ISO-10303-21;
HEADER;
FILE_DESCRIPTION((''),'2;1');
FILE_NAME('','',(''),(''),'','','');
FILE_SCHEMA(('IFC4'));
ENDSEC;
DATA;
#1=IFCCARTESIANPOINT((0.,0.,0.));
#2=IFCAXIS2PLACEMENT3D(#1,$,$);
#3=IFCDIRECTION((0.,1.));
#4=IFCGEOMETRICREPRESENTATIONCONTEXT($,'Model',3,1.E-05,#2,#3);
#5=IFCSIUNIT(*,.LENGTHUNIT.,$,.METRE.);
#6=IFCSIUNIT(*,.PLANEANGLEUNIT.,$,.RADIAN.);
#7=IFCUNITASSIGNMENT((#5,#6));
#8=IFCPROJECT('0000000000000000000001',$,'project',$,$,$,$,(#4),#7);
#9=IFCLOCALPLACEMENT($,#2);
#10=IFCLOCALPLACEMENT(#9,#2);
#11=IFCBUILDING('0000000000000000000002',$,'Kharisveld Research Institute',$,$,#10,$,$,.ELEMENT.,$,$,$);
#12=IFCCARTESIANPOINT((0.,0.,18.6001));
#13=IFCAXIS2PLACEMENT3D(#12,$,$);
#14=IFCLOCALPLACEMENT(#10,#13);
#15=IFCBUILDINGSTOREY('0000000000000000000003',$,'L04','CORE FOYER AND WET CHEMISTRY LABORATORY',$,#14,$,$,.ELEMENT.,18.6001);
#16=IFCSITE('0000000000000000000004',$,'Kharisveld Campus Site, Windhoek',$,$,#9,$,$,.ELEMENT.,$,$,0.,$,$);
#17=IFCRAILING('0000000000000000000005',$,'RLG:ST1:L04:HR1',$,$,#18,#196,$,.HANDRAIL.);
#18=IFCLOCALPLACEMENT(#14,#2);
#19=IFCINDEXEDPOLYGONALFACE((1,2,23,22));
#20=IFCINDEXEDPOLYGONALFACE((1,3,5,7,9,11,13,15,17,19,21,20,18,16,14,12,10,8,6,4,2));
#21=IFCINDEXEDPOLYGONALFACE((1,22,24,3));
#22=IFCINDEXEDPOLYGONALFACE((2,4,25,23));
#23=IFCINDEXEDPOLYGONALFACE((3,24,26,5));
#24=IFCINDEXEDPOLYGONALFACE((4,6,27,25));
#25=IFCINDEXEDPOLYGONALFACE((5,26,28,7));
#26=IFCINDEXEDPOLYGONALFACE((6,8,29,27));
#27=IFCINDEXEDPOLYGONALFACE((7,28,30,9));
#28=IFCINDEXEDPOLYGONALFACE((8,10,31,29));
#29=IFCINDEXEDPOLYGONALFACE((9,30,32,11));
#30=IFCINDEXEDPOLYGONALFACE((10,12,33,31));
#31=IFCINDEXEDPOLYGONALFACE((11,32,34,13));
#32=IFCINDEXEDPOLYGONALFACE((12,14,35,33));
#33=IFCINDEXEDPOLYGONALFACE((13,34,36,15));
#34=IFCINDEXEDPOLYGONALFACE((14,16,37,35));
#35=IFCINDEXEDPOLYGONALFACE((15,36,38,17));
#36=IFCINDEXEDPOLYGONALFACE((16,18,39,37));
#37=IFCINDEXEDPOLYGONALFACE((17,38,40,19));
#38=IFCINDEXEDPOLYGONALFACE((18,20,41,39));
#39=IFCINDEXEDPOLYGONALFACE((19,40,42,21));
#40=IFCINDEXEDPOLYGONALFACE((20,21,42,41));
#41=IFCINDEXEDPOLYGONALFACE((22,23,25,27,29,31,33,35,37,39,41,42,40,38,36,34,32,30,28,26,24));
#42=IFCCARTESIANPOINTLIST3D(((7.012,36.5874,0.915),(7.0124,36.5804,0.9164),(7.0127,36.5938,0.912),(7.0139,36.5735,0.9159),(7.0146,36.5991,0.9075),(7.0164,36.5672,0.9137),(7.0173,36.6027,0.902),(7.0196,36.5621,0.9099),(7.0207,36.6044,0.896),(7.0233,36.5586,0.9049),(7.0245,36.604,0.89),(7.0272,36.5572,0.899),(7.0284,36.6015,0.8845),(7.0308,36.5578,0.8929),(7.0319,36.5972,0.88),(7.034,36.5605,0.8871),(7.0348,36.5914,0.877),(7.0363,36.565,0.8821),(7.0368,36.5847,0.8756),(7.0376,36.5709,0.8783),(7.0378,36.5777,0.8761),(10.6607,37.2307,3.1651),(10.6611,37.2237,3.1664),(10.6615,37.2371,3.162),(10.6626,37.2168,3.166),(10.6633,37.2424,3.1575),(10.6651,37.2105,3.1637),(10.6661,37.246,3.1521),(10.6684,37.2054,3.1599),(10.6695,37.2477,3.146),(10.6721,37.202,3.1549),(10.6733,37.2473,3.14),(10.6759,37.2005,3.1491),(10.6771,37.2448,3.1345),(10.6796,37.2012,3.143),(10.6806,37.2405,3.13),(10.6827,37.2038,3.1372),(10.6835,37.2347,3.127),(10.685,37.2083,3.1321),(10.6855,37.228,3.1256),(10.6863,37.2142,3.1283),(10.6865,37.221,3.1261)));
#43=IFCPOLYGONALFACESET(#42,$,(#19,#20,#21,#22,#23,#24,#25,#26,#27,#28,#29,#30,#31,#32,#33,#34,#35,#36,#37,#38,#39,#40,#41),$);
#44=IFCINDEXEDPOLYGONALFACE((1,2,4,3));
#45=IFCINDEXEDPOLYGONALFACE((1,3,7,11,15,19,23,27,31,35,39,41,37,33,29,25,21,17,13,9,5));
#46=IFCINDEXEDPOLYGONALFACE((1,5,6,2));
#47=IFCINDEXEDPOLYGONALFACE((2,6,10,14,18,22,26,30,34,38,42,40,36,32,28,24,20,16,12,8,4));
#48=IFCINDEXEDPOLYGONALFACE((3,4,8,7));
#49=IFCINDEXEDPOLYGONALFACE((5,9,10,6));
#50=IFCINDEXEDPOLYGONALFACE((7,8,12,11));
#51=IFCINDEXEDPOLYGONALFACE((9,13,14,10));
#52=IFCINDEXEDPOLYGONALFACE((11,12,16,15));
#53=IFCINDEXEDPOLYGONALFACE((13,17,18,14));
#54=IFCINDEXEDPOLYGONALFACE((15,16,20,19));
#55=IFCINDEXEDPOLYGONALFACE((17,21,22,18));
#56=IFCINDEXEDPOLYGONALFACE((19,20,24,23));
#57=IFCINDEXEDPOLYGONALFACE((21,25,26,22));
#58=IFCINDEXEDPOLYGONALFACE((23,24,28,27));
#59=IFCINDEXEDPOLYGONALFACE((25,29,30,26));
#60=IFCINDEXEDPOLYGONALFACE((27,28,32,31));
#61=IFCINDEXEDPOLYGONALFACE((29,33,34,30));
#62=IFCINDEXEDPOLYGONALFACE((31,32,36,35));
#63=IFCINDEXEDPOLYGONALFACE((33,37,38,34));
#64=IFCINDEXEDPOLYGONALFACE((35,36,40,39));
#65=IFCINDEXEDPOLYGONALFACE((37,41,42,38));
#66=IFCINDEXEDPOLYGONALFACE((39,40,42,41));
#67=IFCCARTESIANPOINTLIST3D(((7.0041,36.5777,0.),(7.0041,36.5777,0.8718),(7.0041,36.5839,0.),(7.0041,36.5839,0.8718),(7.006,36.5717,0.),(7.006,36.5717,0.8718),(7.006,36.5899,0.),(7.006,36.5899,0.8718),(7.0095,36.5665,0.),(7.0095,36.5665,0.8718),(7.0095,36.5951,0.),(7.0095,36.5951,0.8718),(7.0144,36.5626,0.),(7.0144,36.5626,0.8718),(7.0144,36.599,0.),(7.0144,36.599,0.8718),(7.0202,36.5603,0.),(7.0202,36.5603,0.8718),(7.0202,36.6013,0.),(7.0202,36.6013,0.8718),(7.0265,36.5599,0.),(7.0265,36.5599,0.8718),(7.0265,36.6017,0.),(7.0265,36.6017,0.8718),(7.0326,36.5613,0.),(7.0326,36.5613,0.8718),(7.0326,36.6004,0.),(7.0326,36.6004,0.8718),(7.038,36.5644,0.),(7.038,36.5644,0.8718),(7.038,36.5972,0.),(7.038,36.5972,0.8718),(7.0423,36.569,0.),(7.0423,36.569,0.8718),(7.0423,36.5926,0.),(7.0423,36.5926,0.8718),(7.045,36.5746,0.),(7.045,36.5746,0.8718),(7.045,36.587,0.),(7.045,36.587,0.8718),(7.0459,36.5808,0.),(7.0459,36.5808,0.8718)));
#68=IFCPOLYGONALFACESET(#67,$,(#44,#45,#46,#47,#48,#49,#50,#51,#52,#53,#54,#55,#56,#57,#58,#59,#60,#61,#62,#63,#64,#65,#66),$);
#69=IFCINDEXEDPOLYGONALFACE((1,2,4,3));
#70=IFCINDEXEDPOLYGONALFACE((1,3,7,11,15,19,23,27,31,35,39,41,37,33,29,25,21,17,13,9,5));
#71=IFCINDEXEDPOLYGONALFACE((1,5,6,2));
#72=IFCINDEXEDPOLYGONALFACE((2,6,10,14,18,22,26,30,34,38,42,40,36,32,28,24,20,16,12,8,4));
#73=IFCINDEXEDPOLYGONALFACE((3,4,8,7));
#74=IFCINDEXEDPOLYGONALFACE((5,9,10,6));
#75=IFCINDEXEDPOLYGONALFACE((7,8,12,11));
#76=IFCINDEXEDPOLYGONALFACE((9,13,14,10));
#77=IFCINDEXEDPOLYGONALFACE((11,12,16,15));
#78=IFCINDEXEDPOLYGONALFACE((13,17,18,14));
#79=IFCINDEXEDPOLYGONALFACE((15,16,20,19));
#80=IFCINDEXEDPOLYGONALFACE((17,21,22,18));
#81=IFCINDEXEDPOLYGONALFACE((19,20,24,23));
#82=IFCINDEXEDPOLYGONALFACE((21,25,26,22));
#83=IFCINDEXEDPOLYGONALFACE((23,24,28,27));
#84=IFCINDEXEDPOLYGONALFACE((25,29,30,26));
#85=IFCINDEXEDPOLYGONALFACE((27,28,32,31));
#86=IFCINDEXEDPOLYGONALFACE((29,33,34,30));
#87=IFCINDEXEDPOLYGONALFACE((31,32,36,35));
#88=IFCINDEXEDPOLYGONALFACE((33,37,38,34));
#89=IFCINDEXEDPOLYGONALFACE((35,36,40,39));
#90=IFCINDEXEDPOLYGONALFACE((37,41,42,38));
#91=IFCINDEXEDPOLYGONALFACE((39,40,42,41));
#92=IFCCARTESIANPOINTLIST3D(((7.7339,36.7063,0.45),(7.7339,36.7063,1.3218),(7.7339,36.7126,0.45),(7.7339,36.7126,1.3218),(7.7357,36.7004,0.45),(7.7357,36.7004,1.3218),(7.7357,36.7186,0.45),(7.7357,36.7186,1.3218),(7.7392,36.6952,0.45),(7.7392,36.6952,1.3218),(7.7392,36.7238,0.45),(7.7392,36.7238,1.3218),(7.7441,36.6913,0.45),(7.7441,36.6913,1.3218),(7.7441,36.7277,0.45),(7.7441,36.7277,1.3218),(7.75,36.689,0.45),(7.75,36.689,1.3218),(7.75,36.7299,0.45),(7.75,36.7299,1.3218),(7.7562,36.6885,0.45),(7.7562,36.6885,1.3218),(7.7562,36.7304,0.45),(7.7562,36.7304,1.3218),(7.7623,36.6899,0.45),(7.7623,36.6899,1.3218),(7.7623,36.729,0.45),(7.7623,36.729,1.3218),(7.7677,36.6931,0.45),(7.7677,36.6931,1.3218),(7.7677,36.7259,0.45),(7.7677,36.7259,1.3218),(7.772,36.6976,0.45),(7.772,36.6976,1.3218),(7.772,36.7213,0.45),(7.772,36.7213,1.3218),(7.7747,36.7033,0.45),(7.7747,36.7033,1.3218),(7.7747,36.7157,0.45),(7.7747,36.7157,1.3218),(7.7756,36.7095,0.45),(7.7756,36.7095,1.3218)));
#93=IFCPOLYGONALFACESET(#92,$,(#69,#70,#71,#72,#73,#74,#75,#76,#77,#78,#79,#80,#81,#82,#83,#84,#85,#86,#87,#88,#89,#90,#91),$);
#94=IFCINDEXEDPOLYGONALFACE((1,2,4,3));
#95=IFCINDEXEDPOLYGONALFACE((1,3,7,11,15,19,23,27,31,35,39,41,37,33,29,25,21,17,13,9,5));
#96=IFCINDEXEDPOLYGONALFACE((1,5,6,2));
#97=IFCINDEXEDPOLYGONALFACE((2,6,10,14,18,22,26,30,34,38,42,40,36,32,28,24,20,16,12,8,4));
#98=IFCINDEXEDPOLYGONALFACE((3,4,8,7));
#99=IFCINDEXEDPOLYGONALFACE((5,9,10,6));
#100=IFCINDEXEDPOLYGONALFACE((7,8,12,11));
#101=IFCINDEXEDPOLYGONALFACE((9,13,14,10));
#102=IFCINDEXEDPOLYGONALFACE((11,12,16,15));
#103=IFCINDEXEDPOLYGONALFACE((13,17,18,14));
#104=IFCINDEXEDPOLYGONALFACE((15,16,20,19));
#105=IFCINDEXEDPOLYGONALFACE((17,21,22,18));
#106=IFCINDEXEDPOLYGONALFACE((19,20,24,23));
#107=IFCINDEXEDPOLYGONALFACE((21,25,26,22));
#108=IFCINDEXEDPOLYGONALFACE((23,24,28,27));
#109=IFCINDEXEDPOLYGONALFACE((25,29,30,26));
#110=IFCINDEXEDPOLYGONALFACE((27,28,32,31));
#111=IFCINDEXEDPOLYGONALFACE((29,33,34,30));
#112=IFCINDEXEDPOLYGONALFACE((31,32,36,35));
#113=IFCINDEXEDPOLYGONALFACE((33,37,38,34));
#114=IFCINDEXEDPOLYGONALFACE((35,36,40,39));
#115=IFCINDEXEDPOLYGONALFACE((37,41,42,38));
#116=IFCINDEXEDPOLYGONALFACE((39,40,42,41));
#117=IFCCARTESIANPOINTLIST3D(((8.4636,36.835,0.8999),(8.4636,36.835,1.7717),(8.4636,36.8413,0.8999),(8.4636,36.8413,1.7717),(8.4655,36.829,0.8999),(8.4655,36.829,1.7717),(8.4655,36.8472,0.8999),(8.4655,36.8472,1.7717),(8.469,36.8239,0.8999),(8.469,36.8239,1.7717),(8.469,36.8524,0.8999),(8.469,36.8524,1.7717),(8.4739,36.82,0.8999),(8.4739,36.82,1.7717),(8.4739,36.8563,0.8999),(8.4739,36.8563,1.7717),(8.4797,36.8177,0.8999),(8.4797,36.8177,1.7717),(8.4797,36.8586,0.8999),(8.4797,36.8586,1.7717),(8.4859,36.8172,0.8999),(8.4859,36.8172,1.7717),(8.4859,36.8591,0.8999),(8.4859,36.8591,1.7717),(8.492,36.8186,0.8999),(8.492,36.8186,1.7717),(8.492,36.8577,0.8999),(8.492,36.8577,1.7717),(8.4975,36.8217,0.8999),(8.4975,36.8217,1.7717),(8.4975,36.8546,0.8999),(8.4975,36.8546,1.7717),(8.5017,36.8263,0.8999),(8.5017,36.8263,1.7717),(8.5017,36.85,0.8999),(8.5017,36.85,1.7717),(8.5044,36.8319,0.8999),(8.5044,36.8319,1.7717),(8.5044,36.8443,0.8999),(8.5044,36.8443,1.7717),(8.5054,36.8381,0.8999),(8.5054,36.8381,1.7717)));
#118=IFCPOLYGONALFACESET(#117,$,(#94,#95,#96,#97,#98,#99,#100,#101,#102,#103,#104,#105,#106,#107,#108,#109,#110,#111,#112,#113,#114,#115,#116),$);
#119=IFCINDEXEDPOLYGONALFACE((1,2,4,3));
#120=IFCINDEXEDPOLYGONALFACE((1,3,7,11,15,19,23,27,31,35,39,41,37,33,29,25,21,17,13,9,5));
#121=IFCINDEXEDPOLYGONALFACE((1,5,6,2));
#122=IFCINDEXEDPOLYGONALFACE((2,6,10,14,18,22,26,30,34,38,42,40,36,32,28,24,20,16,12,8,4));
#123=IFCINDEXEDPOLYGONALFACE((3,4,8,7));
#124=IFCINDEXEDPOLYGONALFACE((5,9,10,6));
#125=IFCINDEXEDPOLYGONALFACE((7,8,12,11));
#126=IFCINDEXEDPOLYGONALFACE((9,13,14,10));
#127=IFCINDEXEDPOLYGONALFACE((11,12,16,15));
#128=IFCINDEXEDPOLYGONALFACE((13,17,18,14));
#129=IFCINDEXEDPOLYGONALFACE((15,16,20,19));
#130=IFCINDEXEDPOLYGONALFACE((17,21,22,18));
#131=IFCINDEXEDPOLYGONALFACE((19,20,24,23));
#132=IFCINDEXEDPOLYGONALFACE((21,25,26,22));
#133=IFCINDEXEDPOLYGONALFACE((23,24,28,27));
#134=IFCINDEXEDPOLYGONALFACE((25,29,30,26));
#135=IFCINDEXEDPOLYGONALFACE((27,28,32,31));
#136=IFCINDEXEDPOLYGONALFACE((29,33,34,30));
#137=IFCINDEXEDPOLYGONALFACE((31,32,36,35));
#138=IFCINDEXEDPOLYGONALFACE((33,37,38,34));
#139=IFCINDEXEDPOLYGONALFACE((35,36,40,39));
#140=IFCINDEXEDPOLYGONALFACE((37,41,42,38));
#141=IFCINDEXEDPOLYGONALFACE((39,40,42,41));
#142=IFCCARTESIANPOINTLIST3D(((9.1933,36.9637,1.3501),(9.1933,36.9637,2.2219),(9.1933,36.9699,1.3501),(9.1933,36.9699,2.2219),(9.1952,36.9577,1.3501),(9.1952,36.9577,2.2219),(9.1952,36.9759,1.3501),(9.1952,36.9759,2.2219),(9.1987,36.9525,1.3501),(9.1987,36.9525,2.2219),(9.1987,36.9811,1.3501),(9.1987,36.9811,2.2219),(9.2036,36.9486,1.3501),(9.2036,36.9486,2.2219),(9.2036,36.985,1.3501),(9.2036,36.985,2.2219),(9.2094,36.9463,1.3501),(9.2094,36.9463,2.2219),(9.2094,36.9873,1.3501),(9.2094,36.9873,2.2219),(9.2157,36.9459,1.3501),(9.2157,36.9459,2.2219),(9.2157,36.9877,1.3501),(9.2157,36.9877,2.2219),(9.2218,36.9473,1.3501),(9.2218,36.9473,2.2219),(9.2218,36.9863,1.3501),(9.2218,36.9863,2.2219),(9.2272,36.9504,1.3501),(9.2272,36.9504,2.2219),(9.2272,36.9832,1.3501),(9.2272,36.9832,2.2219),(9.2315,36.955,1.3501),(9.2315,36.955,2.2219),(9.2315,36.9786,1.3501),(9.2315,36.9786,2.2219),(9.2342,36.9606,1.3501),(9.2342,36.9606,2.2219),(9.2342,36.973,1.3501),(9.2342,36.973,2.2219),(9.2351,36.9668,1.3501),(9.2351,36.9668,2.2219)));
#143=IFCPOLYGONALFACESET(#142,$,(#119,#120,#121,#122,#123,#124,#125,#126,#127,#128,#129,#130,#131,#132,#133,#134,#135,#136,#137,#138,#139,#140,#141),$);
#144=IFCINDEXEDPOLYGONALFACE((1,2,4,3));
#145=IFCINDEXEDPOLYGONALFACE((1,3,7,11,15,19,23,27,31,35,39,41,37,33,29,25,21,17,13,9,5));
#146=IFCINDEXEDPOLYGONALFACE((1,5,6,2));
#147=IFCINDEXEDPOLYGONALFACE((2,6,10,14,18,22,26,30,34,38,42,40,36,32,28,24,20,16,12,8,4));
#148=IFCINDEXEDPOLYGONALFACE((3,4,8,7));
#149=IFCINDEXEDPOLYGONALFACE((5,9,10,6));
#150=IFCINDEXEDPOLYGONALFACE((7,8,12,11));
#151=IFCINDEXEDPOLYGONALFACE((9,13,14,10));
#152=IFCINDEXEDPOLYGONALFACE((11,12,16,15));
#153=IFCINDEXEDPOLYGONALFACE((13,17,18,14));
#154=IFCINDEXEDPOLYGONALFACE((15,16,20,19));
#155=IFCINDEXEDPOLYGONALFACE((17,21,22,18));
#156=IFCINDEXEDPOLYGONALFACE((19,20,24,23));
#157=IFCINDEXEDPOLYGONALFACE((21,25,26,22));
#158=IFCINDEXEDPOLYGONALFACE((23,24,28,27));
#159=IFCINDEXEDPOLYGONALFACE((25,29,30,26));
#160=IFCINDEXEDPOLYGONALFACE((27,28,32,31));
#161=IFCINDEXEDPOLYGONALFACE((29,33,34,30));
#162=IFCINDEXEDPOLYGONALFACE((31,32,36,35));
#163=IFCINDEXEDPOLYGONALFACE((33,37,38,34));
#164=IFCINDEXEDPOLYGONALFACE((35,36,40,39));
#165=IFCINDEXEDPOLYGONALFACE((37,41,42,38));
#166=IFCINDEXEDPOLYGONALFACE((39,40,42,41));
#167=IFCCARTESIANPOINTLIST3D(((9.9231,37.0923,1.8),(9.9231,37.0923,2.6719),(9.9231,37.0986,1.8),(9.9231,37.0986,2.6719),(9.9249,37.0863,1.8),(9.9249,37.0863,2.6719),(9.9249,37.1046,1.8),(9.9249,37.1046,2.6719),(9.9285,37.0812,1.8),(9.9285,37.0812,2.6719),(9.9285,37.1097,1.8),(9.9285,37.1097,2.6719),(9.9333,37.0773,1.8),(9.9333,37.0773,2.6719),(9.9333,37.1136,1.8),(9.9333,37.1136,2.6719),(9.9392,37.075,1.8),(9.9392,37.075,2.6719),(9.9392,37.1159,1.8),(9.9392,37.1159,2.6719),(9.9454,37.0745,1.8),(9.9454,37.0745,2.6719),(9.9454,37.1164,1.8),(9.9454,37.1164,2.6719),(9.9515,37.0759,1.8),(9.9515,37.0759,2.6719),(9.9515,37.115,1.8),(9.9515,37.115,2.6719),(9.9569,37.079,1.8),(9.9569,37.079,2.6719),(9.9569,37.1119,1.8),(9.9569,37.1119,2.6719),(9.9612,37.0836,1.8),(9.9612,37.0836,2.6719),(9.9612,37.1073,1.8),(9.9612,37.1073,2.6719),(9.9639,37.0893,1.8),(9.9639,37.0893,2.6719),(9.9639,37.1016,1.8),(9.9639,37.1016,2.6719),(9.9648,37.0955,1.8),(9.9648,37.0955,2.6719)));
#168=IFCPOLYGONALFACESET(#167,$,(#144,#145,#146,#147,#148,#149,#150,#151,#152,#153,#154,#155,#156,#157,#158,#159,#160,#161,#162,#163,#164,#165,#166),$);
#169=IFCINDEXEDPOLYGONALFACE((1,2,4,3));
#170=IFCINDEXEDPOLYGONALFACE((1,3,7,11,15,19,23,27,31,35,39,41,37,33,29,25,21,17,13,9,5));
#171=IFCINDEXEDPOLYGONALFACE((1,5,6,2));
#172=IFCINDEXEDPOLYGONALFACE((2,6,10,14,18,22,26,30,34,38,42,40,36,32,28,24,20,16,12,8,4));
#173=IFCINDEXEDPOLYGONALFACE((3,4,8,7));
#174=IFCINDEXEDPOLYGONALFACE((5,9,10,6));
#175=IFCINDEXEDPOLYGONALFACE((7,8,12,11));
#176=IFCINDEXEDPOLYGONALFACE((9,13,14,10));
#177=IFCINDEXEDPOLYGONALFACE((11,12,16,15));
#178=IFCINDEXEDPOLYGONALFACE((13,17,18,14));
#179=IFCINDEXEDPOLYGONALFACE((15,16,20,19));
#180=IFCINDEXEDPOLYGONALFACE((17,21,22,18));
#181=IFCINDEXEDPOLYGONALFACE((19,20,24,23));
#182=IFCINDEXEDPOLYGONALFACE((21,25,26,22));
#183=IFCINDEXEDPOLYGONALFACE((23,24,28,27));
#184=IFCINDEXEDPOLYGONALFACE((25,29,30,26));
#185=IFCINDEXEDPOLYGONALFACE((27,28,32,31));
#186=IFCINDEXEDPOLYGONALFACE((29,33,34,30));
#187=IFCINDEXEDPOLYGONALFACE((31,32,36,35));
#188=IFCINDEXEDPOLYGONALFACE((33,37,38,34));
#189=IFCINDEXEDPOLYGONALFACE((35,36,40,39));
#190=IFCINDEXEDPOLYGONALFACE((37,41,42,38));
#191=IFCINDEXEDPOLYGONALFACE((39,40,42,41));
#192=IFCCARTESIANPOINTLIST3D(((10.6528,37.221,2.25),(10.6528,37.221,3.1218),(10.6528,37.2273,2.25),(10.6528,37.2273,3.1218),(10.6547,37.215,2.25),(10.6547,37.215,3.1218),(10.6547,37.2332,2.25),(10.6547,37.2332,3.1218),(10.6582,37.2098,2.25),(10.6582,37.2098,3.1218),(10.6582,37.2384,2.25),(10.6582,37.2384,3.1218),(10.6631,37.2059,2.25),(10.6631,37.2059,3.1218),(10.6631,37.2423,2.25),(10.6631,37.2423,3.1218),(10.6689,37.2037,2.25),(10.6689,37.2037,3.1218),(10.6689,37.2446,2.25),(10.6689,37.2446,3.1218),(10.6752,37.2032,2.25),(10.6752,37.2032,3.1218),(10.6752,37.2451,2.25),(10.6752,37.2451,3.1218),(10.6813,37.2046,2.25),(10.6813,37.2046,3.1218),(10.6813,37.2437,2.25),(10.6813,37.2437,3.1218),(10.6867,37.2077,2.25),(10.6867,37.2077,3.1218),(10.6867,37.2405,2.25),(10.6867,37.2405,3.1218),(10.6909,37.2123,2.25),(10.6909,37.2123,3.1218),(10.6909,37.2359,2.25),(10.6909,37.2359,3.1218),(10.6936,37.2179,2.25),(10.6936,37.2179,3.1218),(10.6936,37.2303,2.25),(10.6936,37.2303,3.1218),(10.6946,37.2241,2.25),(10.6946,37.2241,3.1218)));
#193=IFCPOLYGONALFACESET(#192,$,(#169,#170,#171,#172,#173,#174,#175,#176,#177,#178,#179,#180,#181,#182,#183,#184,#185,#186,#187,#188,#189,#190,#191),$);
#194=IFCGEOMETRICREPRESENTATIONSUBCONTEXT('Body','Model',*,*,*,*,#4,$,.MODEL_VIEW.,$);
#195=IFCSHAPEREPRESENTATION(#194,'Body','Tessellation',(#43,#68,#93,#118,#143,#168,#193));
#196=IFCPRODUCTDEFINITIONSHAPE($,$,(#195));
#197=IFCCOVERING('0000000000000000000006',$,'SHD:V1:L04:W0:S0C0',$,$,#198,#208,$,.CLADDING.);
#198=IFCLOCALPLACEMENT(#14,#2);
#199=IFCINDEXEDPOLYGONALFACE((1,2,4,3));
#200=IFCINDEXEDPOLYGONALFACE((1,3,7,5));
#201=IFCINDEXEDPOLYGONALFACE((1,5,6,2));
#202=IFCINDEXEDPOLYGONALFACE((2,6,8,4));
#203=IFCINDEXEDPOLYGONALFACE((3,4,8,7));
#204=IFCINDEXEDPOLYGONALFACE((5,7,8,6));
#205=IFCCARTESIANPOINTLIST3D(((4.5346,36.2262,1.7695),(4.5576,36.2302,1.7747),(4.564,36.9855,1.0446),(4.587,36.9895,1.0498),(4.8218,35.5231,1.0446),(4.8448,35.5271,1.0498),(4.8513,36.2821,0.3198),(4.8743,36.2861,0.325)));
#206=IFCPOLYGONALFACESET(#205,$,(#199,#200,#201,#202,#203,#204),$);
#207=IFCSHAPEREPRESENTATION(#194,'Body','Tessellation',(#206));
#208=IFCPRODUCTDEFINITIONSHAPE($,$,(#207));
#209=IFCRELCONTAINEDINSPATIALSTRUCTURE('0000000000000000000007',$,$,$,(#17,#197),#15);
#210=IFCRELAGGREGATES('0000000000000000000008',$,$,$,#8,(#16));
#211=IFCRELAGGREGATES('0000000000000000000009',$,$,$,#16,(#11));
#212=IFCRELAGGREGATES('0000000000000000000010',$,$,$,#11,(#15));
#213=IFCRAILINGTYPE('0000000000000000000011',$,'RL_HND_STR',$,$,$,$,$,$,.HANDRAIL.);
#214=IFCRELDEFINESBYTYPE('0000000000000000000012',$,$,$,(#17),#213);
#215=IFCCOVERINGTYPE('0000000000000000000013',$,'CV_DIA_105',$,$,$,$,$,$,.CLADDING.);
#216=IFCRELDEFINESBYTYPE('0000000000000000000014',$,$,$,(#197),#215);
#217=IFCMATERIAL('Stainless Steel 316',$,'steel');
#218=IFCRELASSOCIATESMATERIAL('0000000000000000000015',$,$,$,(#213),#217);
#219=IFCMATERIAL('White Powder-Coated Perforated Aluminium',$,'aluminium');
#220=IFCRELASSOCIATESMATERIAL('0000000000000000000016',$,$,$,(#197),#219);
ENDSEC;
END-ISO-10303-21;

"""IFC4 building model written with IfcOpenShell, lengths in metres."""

from ifc_helpers import new_model, si_unit, direction, frame, origin, origin_2d, place, context, subcontext, project, spatial, polyline, circle, outline, extrude, material, type_object, element, save


model = new_model("IFC4")

# Units and contexts
model_context = context("Model", 3, precision=1e-05, world=origin(), true_north=direction((0.0, 1.0)))
body_context = subcontext(model_context, "Body", "Model", "MODEL_VIEW")
ifc_project = project(units=[si_unit("LENGTHUNIT", "METRE"), si_unit("PLANEANGLEUNIT", "RADIAN")], contexts=[model_context])

# Site, building, storey
site_placement = place(None, origin())
site = spatial("IfcSite", under=ifc_project, at=site_placement, Name="Kharisveld Campus Site, Windhoek", CompositionType="ELEMENT", RefElevation=0.0)
building_placement = place(site_placement, origin())
building = spatial("IfcBuilding", under=site, at=building_placement, Name="Kharisveld Research Institute", CompositionType="ELEMENT")
storey_placement = place(building_placement, frame((0.0, 0.0, 18.6001)))
storey = spatial("IfcBuildingStorey", under=building, at=storey_placement, Name="L04", Description="CORE FOYER AND WET CHEMISTRY LABORATORY", CompositionType="ELEMENT", Elevation=18.6001)

# Railing
ifc_material_1 = material(Name="Stainless Steel 316", Category="steel")
railing_type_1 = type_object("IfcRailingType", Name="RL_HND_STR", PredefinedType="HANDRAIL", material=ifc_material_1)
railing_1_placement = place(storey_placement, frame((7.0249, 36.5808, 0.0)))
element("IfcRailing", 1, at=railing_1_placement, inside=storey, type_object=railing_type_1, Name="RLG:ST1:L04:HR1", PredefinedType="HANDRAIL", context=body_context, shape_type="SweptSolid", body=[
    extrude(circle(Radius=0.0239, at=origin_2d()), frame((0.0, 0.0, 0.896), z_axis=(0.841747, 0.148411, 0.519073), x_axis=(-0.173635, 0.98481, 0.0)), (0.0, 0.0, 1.0), 4.3347),
    extrude(circle(Radius=0.021, at=origin_2d()), origin(), (0.0, 0.0, 1.0), 0.8718),
    extrude(circle(Radius=0.021, at=origin_2d()), frame((0.7297, 0.1287, 0.45)), (0.0, 0.0, 1.0), 0.8718),
    extrude(circle(Radius=0.021, at=origin_2d()), frame((1.4595, 0.2573, 0.8999)), (0.0, 0.0, 1.0), 0.8718),
    extrude(circle(Radius=0.021, at=origin_2d()), frame((2.1892, 0.386, 1.3501)), (0.0, 0.0, 1.0), 0.8718),
    extrude(circle(Radius=0.021, at=origin_2d()), frame((2.9189, 0.5146, 1.8)), (0.0, 0.0, 1.0), 0.8718),
    extrude(circle(Radius=0.021, at=origin_2d()), frame((3.6487, 0.6433, 2.25)), (0.0, 0.0, 1.0), 0.8718),
])

# Covering
ifc_material_2 = material(Name="White Powder-Coated Perforated Aluminium", Category="aluminium")
covering_type = type_object("IfcCoveringType", Name="CV_DIA_105", PredefinedType="CLADDING")
for number, where, z_axis, x_axis, name in (
    (2, (4.8743, 36.2861, 0.325), (0.961447, 0.169497, 0.21654), (-0.273555, 0.669826, 0.69029), "SHD:V1:L04:W0:S0C0"),
):
    element("IfcCovering", number, at=place(storey_placement, frame(where, z_axis=z_axis, x_axis=x_axis)), inside=storey, type_object=covering_type, material=ifc_material_2, Name=name, PredefinedType="CLADDING", context=body_context, shape_type="SweptSolid", body=[
        extrude(outline(polyline([(0.0, 0.0), (1.0501, 0.0), (1.0499, 1.0501), (0.0, 1.05), (0.0, 0.0)])), origin(), (0.0, 0.0, -1.0), 0.0239),
    ])

save(model, "model.ifc")
